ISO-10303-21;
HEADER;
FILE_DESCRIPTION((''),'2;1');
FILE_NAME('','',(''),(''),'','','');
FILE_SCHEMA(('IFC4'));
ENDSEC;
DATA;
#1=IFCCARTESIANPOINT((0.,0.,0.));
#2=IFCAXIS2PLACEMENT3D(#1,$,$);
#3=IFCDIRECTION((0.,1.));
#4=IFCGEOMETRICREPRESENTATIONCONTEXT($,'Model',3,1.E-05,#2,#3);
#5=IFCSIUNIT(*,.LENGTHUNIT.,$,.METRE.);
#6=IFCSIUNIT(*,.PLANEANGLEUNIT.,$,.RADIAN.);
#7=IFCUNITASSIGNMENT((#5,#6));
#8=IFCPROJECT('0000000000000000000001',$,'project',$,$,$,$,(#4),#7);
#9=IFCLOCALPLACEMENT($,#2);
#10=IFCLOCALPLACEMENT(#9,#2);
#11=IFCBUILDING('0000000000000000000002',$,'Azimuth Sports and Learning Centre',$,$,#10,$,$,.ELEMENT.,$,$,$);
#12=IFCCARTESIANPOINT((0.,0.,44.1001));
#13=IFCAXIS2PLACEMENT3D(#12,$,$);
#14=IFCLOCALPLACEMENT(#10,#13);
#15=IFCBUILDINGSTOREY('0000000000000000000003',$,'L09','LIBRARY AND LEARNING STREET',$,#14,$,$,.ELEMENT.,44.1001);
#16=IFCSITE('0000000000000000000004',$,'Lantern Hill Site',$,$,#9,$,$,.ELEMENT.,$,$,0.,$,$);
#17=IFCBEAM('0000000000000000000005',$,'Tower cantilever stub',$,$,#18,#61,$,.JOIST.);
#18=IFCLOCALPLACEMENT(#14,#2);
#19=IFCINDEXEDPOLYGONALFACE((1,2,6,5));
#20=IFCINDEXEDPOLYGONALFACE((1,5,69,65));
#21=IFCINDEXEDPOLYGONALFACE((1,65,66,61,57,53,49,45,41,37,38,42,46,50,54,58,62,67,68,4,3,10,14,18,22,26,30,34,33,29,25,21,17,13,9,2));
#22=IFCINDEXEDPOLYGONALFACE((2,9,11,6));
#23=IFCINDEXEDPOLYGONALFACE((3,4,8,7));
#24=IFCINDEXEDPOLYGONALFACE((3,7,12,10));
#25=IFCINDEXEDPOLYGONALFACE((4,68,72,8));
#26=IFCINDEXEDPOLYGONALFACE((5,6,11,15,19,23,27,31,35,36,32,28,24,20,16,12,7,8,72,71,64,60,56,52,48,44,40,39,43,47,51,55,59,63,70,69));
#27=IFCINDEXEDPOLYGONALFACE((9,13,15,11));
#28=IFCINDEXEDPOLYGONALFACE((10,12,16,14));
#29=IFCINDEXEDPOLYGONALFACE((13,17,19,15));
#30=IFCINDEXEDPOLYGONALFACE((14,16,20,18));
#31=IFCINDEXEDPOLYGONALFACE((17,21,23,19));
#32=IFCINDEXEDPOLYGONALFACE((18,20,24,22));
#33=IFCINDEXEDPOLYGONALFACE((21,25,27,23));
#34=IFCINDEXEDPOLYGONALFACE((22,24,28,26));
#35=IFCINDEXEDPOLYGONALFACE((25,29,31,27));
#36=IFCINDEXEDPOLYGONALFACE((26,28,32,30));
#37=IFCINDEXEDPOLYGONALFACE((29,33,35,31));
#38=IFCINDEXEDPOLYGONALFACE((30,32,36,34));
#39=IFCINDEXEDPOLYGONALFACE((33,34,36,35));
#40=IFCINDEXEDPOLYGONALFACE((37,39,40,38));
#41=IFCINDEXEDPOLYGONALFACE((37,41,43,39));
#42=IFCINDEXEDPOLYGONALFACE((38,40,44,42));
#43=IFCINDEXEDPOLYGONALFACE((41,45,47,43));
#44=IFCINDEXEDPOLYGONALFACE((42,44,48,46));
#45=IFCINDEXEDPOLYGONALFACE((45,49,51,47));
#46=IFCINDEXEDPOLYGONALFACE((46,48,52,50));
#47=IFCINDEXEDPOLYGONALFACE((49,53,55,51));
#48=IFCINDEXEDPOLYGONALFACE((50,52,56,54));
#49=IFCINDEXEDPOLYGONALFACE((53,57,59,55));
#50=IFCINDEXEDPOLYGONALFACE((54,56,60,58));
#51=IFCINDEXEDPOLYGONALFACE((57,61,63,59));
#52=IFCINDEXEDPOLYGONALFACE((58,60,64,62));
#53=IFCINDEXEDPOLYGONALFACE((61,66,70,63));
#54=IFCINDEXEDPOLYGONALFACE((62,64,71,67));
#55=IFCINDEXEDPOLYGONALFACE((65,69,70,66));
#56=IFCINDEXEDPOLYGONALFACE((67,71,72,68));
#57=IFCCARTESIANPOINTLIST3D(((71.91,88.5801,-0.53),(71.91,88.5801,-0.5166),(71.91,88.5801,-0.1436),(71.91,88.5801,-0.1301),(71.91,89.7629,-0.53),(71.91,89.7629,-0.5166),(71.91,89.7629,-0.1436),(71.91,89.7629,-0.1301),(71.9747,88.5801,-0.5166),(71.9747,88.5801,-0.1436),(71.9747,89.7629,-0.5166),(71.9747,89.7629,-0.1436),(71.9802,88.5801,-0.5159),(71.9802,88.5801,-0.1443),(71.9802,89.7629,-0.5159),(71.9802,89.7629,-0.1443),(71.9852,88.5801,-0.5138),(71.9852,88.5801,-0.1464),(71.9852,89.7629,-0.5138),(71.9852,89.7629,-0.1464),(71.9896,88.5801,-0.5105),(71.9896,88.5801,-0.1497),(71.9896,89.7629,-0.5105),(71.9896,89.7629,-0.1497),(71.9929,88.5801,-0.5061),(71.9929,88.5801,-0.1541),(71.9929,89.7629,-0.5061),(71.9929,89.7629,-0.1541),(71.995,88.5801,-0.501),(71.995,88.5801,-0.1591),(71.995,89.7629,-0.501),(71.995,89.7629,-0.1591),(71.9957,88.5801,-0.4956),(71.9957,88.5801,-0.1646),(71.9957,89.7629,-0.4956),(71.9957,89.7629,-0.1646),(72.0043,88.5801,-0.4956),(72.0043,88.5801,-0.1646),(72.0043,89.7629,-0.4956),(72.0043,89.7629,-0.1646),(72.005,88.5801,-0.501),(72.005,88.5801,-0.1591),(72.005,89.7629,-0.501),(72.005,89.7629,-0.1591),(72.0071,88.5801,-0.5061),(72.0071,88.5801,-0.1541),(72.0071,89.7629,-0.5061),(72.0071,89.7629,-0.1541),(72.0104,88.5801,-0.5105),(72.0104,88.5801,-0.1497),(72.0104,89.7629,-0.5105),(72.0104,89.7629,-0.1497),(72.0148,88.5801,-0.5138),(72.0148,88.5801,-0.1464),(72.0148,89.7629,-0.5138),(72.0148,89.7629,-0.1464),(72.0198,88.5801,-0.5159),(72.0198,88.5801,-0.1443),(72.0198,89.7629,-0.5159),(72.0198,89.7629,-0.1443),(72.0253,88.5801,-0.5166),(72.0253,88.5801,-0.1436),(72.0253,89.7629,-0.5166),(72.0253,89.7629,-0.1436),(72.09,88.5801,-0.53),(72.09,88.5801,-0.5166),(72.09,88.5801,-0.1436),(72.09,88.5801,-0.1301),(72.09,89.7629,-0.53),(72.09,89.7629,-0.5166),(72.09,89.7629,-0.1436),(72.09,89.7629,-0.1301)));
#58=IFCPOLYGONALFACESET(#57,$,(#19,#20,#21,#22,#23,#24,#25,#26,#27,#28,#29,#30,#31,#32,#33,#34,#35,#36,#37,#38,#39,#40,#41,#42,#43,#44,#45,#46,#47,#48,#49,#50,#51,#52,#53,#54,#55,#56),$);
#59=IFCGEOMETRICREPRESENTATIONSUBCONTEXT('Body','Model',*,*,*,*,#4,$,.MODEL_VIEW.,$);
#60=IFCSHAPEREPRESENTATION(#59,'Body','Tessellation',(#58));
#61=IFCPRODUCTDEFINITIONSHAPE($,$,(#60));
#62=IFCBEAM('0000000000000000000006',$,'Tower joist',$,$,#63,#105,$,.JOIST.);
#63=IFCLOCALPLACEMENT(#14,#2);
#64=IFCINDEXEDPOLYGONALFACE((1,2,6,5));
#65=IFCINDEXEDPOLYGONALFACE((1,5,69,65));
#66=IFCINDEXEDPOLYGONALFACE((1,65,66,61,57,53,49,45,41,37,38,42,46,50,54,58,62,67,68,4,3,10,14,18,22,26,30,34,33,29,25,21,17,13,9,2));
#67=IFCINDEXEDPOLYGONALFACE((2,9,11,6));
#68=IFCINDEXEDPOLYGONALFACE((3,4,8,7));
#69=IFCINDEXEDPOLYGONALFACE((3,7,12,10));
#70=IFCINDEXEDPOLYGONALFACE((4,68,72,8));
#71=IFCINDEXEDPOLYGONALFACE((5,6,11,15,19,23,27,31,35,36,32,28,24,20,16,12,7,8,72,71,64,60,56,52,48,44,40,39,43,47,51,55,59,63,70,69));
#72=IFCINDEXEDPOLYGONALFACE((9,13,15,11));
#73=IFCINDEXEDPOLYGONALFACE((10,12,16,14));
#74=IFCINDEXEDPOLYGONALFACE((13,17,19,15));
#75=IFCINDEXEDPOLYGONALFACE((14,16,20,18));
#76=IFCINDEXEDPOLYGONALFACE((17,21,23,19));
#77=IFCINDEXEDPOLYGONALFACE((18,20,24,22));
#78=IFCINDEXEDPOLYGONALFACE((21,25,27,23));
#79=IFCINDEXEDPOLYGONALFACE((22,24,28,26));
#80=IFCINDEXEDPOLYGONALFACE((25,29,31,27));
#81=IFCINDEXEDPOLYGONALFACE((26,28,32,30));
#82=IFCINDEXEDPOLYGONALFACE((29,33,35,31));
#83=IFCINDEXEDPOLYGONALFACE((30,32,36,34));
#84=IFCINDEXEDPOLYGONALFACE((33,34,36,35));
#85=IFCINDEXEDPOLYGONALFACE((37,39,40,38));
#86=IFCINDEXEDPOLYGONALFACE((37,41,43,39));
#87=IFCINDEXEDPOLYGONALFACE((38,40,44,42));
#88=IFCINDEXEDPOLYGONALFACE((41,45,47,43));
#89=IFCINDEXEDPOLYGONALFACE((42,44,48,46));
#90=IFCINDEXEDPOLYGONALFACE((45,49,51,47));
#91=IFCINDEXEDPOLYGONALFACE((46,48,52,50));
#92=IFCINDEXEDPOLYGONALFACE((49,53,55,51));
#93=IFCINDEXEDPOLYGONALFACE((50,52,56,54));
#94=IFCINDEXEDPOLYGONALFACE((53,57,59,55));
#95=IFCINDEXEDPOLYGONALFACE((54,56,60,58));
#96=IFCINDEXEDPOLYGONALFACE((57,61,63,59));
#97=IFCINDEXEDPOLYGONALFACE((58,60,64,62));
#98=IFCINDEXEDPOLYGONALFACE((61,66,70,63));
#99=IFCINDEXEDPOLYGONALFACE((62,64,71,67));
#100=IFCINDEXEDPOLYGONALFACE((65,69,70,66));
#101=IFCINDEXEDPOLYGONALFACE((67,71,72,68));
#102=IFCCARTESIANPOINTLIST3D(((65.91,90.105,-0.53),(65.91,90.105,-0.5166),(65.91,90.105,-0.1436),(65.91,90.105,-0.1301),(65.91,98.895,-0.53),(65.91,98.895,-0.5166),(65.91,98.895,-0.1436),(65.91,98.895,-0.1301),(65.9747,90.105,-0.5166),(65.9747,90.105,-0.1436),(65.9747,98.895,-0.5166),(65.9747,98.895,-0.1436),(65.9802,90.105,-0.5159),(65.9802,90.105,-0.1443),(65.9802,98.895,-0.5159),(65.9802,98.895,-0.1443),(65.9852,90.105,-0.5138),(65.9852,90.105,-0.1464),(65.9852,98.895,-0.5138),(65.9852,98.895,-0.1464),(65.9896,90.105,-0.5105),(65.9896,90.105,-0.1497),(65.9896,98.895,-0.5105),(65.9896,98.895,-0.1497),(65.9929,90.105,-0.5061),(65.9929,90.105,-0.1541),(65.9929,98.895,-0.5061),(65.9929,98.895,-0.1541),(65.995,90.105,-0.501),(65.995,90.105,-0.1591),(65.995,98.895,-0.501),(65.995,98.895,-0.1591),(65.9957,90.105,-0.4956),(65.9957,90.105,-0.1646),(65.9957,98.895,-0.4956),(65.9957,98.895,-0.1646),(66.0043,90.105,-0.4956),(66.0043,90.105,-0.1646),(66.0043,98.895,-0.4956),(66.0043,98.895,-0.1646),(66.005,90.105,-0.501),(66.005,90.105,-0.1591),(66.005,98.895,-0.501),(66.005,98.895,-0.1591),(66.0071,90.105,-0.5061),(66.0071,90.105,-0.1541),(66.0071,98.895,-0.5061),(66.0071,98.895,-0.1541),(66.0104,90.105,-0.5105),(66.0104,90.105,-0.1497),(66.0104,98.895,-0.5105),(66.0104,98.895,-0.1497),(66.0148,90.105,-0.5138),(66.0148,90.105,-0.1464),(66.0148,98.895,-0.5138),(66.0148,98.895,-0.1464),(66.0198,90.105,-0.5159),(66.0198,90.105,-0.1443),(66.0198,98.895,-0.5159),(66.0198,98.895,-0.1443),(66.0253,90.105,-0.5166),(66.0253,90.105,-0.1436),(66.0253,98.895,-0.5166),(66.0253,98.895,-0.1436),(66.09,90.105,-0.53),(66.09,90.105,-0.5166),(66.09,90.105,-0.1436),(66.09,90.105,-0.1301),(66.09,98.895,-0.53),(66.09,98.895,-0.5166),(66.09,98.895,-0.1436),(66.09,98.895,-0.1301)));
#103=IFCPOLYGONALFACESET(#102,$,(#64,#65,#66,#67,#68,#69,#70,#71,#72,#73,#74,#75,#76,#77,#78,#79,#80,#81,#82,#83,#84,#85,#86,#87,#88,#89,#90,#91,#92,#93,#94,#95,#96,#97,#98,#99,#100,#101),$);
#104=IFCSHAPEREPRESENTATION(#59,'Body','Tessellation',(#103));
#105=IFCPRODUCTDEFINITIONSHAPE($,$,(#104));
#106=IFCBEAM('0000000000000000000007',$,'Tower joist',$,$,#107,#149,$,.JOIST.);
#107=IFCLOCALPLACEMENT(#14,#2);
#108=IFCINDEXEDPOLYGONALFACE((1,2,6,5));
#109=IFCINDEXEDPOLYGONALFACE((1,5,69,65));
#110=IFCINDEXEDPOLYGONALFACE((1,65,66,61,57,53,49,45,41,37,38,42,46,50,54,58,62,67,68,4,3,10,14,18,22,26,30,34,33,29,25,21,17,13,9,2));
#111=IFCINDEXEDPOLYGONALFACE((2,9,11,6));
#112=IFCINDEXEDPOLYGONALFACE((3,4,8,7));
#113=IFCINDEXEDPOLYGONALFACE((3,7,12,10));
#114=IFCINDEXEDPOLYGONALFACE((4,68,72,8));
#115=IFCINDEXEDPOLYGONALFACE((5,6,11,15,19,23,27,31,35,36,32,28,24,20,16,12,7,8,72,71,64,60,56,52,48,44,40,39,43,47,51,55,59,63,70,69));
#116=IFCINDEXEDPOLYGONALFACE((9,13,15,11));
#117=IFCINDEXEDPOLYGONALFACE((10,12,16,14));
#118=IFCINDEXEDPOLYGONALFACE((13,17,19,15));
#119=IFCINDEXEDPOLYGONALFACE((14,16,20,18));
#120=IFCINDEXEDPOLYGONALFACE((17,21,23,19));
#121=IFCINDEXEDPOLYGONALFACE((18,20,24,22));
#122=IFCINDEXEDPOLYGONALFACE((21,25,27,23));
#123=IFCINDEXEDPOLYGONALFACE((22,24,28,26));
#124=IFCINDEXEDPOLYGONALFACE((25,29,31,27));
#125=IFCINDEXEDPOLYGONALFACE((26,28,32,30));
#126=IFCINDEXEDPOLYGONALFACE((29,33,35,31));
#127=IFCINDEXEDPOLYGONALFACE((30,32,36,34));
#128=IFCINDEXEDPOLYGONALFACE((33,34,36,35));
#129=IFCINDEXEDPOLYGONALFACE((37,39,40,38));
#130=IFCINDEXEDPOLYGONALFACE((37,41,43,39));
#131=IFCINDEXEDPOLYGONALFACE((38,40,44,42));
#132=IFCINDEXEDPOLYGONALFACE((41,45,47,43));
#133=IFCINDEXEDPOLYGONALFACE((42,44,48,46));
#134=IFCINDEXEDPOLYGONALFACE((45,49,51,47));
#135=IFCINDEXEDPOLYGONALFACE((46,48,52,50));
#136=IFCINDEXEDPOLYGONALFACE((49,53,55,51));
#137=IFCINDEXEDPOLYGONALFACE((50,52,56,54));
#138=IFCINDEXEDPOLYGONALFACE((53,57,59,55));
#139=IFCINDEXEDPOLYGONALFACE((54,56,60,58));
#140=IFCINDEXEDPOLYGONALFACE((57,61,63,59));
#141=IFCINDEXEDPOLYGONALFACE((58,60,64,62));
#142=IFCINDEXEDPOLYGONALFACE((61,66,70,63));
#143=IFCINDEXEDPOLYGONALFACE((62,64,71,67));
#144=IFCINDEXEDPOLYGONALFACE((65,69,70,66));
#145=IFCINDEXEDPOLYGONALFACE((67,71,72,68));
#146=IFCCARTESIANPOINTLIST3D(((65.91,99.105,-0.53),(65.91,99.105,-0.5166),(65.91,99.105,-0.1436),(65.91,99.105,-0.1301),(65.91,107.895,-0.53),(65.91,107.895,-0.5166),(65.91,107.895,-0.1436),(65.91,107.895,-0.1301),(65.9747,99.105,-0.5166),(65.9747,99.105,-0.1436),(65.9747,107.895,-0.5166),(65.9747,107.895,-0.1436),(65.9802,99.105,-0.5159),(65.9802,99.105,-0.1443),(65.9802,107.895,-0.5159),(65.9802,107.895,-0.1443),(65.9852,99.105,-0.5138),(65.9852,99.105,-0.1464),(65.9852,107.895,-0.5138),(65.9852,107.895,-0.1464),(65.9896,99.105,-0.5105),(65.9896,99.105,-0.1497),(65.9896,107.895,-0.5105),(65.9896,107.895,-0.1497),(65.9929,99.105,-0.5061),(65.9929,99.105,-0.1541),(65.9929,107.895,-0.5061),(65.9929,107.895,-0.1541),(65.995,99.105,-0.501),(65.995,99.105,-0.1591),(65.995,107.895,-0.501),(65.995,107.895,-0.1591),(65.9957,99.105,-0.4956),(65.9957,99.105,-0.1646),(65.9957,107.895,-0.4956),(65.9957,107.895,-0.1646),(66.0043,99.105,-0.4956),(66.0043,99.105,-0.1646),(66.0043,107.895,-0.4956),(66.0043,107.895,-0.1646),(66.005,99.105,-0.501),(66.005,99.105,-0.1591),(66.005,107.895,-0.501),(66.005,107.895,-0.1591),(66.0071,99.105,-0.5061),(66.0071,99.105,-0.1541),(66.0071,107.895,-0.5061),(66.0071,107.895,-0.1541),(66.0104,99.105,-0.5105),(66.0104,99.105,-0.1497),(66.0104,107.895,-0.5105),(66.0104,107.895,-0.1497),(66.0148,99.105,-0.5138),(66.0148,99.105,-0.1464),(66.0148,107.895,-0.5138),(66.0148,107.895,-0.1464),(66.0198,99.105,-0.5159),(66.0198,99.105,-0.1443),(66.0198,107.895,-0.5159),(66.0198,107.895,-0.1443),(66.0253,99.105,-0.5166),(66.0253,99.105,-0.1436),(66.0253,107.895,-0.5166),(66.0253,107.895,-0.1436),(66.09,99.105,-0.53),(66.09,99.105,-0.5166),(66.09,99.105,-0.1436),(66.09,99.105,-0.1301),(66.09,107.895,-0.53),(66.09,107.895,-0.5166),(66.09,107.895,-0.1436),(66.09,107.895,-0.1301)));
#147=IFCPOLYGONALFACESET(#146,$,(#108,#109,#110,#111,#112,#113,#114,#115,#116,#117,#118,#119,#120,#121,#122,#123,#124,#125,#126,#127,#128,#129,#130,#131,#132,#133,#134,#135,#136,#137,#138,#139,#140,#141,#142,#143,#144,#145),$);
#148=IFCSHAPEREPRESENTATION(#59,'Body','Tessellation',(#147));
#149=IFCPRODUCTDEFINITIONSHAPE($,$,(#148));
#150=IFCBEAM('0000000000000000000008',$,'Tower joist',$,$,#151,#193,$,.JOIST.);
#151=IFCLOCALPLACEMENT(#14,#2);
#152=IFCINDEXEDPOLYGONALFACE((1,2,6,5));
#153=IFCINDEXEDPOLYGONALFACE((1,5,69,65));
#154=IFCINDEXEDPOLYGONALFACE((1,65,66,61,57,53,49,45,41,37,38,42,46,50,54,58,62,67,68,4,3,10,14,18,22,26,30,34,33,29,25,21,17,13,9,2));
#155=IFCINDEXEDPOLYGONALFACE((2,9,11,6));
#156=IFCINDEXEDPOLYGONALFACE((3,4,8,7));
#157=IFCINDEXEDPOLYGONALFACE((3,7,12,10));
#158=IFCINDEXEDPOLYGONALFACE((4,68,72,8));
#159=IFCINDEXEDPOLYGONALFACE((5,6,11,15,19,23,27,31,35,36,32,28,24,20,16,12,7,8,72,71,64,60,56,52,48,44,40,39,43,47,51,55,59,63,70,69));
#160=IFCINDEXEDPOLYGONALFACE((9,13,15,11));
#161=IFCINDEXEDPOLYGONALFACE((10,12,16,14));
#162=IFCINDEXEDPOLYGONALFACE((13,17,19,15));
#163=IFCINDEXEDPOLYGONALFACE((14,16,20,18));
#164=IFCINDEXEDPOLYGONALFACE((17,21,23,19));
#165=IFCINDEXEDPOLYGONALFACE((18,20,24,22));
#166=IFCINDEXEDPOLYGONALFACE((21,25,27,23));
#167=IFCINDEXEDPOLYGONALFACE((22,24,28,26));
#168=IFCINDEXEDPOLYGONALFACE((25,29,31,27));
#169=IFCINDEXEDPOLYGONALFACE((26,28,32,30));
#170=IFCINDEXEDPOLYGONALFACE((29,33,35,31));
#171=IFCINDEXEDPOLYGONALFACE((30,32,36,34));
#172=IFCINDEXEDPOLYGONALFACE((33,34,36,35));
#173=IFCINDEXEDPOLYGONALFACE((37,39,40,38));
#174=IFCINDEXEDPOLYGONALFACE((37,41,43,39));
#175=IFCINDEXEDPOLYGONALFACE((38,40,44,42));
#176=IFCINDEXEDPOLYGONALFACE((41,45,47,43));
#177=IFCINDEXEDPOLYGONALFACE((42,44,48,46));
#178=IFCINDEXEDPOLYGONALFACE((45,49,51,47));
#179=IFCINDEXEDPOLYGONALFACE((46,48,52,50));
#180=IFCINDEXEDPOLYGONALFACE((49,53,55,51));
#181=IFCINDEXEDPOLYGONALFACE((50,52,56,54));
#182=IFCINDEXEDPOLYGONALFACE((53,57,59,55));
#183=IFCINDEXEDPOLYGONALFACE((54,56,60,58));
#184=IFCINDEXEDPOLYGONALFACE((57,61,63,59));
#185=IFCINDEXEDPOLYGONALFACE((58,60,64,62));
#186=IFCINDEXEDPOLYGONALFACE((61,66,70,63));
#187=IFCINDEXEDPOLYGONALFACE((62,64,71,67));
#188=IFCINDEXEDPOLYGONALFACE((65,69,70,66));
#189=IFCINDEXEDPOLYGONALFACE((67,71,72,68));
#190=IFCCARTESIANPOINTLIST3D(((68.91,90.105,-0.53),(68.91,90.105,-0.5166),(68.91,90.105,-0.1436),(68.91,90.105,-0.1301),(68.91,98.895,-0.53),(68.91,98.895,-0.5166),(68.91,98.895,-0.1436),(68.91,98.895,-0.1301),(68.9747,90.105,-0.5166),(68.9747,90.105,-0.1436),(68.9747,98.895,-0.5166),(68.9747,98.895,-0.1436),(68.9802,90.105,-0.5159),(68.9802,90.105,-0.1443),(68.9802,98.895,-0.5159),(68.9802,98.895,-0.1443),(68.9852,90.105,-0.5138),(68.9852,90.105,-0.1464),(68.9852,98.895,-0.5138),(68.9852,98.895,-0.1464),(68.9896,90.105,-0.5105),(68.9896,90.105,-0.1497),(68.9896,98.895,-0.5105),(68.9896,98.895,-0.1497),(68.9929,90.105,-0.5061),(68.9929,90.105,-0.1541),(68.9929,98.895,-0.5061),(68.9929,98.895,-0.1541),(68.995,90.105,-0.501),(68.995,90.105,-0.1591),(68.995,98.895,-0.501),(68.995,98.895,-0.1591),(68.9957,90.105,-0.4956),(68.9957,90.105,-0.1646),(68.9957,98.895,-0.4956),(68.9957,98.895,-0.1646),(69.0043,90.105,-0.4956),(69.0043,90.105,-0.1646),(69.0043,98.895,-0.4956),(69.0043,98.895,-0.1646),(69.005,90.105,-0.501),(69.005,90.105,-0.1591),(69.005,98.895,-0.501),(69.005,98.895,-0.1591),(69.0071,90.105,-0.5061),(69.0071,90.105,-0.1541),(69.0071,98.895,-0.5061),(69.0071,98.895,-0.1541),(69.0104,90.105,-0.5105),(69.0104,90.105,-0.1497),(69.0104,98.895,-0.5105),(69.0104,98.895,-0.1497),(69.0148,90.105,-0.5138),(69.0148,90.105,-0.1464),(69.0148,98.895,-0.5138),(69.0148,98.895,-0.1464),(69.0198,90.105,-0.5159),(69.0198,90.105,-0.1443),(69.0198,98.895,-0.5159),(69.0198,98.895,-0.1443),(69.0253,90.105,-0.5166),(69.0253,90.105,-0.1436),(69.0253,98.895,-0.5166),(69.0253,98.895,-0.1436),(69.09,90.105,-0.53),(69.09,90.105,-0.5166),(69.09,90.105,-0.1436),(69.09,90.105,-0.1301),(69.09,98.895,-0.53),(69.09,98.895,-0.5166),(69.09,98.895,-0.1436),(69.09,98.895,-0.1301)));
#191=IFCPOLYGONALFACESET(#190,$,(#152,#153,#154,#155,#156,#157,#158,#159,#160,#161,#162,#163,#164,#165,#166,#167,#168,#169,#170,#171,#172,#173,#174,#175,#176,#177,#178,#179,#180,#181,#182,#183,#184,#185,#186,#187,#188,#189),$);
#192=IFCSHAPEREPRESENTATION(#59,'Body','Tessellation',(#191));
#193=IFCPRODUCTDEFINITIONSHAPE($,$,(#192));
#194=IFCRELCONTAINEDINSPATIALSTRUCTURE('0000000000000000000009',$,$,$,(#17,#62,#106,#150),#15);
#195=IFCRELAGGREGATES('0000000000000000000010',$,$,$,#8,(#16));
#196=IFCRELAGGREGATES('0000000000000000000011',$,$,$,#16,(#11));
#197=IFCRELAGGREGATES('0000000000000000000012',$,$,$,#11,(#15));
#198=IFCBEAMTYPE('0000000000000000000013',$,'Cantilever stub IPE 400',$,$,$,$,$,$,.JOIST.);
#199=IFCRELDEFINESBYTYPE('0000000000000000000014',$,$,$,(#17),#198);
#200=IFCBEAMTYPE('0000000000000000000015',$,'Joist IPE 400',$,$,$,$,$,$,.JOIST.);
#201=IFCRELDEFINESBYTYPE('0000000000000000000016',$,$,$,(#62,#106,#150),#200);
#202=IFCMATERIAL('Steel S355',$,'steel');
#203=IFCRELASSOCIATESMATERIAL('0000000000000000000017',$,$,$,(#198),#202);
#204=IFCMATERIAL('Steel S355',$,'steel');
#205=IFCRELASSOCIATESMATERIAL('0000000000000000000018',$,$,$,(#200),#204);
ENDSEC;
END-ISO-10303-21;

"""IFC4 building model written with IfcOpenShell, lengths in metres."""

from ifc_helpers import new_model, si_unit, direction, frame, origin, origin_2d, place, context, subcontext, project, spatial, i_section, extrude, material, material_profile, profile_set, type_object, element, save


model = new_model("IFC4")

# Units and contexts
model_context = context("Model", 3, precision=1e-05, world=origin(), true_north=direction((0.0, 1.0)))
body_context = subcontext(model_context, "Body", "Model", "MODEL_VIEW")
ifc_project = project(units=[si_unit("LENGTHUNIT", "METRE"), si_unit("PLANEANGLEUNIT", "RADIAN")], contexts=[model_context])

# Site, building, storey
site_placement = place(None, origin())
site = spatial("IfcSite", under=ifc_project, at=site_placement, Name="Lantern Hill Site", CompositionType="ELEMENT", RefElevation=0.0)
building_placement = place(site_placement, origin())
building = spatial("IfcBuilding", under=site, at=building_placement, Name="Azimuth Sports and Learning Centre", CompositionType="ELEMENT")
storey_placement = place(building_placement, frame((0.0, 0.0, 44.1001)))
storey = spatial("IfcBuildingStorey", under=building, at=storey_placement, Name="L09", Description="LIBRARY AND LEARNING STREET", CompositionType="ELEMENT", Elevation=44.1001)

# Beams
ifc_material_1 = material(Name="Steel S355", Category="steel")
ifc_material_profile_1 = material_profile(ifc_material_1, i_section(OverallWidth=0.1799, OverallDepth=0.3999, WebThickness=0.0085, FlangeThickness=0.0134, FilletRadius=0.021, at=origin_2d()), Name="IPE 400")
ifc_profile_set_1 = profile_set([ifc_material_profile_1], Name="Steel S355")
beam_type_1 = type_object("IfcBeamType", Name="Cantilever stub IPE 400", PredefinedType="JOIST", material=ifc_profile_set_1)
beam_1_placement = place(storey_placement, frame((72.0, 89.7629, -0.3301), z_axis=(0.0, -1.0, 0.0), x_axis=(1.0, 0.0, 0.0)))
element("IfcBeam", 1, at=beam_1_placement, inside=storey, type_object=beam_type_1, Name="Tower cantilever stub", PredefinedType="JOIST", context=body_context, shape_type="SweptSolid", body=[
    extrude(i_section(OverallWidth=0.1799, OverallDepth=0.3999, WebThickness=0.0085, FlangeThickness=0.0134, FilletRadius=0.021, at=origin_2d()), origin(), (0.0, 0.0, 1.0), 1.1829),
])
ifc_material_2 = material(Name="Steel S355", Category="steel")
ifc_material_profile_2 = material_profile(ifc_material_2, i_section(OverallWidth=0.1799, OverallDepth=0.3999, WebThickness=0.0085, FlangeThickness=0.0134, FilletRadius=0.021, at=origin_2d()), Name="IPE 400")
ifc_profile_set_2 = profile_set([ifc_material_profile_2], Name="Steel S355")
beam_type_2 = type_object("IfcBeamType", Name="Joist IPE 400", PredefinedType="JOIST", material=ifc_profile_set_2)
for number, where, z_axis, x_axis, name in (
    (2, (66.0, 90.105, -0.3301), (0.0, 1.0, 0.0), (-1.0, 0.0, 0.0), "Tower joist"),
    (3, (66.0, 99.105, -0.3301), (0.0, 1.0, 0.0), (-1.0, 0.0, 0.0), "Tower joist"),
    (4, (69.0, 90.105, -0.3301), (0.0, 1.0, 0.0), (-1.0, 0.0, 0.0), "Tower joist"),
):
    element("IfcBeam", number, at=place(storey_placement, frame(where, z_axis=z_axis, x_axis=x_axis)), inside=storey, type_object=beam_type_2, Name=name, PredefinedType="JOIST", context=body_context, shape_type="SweptSolid", body=[
        extrude(i_section(OverallWidth=0.1799, OverallDepth=0.3999, WebThickness=0.0085, FlangeThickness=0.0134, FilletRadius=0.021, at=origin_2d()), origin(), (0.0, 0.0, 1.0), 8.79),
    ])

save(model, "model.ifc")
